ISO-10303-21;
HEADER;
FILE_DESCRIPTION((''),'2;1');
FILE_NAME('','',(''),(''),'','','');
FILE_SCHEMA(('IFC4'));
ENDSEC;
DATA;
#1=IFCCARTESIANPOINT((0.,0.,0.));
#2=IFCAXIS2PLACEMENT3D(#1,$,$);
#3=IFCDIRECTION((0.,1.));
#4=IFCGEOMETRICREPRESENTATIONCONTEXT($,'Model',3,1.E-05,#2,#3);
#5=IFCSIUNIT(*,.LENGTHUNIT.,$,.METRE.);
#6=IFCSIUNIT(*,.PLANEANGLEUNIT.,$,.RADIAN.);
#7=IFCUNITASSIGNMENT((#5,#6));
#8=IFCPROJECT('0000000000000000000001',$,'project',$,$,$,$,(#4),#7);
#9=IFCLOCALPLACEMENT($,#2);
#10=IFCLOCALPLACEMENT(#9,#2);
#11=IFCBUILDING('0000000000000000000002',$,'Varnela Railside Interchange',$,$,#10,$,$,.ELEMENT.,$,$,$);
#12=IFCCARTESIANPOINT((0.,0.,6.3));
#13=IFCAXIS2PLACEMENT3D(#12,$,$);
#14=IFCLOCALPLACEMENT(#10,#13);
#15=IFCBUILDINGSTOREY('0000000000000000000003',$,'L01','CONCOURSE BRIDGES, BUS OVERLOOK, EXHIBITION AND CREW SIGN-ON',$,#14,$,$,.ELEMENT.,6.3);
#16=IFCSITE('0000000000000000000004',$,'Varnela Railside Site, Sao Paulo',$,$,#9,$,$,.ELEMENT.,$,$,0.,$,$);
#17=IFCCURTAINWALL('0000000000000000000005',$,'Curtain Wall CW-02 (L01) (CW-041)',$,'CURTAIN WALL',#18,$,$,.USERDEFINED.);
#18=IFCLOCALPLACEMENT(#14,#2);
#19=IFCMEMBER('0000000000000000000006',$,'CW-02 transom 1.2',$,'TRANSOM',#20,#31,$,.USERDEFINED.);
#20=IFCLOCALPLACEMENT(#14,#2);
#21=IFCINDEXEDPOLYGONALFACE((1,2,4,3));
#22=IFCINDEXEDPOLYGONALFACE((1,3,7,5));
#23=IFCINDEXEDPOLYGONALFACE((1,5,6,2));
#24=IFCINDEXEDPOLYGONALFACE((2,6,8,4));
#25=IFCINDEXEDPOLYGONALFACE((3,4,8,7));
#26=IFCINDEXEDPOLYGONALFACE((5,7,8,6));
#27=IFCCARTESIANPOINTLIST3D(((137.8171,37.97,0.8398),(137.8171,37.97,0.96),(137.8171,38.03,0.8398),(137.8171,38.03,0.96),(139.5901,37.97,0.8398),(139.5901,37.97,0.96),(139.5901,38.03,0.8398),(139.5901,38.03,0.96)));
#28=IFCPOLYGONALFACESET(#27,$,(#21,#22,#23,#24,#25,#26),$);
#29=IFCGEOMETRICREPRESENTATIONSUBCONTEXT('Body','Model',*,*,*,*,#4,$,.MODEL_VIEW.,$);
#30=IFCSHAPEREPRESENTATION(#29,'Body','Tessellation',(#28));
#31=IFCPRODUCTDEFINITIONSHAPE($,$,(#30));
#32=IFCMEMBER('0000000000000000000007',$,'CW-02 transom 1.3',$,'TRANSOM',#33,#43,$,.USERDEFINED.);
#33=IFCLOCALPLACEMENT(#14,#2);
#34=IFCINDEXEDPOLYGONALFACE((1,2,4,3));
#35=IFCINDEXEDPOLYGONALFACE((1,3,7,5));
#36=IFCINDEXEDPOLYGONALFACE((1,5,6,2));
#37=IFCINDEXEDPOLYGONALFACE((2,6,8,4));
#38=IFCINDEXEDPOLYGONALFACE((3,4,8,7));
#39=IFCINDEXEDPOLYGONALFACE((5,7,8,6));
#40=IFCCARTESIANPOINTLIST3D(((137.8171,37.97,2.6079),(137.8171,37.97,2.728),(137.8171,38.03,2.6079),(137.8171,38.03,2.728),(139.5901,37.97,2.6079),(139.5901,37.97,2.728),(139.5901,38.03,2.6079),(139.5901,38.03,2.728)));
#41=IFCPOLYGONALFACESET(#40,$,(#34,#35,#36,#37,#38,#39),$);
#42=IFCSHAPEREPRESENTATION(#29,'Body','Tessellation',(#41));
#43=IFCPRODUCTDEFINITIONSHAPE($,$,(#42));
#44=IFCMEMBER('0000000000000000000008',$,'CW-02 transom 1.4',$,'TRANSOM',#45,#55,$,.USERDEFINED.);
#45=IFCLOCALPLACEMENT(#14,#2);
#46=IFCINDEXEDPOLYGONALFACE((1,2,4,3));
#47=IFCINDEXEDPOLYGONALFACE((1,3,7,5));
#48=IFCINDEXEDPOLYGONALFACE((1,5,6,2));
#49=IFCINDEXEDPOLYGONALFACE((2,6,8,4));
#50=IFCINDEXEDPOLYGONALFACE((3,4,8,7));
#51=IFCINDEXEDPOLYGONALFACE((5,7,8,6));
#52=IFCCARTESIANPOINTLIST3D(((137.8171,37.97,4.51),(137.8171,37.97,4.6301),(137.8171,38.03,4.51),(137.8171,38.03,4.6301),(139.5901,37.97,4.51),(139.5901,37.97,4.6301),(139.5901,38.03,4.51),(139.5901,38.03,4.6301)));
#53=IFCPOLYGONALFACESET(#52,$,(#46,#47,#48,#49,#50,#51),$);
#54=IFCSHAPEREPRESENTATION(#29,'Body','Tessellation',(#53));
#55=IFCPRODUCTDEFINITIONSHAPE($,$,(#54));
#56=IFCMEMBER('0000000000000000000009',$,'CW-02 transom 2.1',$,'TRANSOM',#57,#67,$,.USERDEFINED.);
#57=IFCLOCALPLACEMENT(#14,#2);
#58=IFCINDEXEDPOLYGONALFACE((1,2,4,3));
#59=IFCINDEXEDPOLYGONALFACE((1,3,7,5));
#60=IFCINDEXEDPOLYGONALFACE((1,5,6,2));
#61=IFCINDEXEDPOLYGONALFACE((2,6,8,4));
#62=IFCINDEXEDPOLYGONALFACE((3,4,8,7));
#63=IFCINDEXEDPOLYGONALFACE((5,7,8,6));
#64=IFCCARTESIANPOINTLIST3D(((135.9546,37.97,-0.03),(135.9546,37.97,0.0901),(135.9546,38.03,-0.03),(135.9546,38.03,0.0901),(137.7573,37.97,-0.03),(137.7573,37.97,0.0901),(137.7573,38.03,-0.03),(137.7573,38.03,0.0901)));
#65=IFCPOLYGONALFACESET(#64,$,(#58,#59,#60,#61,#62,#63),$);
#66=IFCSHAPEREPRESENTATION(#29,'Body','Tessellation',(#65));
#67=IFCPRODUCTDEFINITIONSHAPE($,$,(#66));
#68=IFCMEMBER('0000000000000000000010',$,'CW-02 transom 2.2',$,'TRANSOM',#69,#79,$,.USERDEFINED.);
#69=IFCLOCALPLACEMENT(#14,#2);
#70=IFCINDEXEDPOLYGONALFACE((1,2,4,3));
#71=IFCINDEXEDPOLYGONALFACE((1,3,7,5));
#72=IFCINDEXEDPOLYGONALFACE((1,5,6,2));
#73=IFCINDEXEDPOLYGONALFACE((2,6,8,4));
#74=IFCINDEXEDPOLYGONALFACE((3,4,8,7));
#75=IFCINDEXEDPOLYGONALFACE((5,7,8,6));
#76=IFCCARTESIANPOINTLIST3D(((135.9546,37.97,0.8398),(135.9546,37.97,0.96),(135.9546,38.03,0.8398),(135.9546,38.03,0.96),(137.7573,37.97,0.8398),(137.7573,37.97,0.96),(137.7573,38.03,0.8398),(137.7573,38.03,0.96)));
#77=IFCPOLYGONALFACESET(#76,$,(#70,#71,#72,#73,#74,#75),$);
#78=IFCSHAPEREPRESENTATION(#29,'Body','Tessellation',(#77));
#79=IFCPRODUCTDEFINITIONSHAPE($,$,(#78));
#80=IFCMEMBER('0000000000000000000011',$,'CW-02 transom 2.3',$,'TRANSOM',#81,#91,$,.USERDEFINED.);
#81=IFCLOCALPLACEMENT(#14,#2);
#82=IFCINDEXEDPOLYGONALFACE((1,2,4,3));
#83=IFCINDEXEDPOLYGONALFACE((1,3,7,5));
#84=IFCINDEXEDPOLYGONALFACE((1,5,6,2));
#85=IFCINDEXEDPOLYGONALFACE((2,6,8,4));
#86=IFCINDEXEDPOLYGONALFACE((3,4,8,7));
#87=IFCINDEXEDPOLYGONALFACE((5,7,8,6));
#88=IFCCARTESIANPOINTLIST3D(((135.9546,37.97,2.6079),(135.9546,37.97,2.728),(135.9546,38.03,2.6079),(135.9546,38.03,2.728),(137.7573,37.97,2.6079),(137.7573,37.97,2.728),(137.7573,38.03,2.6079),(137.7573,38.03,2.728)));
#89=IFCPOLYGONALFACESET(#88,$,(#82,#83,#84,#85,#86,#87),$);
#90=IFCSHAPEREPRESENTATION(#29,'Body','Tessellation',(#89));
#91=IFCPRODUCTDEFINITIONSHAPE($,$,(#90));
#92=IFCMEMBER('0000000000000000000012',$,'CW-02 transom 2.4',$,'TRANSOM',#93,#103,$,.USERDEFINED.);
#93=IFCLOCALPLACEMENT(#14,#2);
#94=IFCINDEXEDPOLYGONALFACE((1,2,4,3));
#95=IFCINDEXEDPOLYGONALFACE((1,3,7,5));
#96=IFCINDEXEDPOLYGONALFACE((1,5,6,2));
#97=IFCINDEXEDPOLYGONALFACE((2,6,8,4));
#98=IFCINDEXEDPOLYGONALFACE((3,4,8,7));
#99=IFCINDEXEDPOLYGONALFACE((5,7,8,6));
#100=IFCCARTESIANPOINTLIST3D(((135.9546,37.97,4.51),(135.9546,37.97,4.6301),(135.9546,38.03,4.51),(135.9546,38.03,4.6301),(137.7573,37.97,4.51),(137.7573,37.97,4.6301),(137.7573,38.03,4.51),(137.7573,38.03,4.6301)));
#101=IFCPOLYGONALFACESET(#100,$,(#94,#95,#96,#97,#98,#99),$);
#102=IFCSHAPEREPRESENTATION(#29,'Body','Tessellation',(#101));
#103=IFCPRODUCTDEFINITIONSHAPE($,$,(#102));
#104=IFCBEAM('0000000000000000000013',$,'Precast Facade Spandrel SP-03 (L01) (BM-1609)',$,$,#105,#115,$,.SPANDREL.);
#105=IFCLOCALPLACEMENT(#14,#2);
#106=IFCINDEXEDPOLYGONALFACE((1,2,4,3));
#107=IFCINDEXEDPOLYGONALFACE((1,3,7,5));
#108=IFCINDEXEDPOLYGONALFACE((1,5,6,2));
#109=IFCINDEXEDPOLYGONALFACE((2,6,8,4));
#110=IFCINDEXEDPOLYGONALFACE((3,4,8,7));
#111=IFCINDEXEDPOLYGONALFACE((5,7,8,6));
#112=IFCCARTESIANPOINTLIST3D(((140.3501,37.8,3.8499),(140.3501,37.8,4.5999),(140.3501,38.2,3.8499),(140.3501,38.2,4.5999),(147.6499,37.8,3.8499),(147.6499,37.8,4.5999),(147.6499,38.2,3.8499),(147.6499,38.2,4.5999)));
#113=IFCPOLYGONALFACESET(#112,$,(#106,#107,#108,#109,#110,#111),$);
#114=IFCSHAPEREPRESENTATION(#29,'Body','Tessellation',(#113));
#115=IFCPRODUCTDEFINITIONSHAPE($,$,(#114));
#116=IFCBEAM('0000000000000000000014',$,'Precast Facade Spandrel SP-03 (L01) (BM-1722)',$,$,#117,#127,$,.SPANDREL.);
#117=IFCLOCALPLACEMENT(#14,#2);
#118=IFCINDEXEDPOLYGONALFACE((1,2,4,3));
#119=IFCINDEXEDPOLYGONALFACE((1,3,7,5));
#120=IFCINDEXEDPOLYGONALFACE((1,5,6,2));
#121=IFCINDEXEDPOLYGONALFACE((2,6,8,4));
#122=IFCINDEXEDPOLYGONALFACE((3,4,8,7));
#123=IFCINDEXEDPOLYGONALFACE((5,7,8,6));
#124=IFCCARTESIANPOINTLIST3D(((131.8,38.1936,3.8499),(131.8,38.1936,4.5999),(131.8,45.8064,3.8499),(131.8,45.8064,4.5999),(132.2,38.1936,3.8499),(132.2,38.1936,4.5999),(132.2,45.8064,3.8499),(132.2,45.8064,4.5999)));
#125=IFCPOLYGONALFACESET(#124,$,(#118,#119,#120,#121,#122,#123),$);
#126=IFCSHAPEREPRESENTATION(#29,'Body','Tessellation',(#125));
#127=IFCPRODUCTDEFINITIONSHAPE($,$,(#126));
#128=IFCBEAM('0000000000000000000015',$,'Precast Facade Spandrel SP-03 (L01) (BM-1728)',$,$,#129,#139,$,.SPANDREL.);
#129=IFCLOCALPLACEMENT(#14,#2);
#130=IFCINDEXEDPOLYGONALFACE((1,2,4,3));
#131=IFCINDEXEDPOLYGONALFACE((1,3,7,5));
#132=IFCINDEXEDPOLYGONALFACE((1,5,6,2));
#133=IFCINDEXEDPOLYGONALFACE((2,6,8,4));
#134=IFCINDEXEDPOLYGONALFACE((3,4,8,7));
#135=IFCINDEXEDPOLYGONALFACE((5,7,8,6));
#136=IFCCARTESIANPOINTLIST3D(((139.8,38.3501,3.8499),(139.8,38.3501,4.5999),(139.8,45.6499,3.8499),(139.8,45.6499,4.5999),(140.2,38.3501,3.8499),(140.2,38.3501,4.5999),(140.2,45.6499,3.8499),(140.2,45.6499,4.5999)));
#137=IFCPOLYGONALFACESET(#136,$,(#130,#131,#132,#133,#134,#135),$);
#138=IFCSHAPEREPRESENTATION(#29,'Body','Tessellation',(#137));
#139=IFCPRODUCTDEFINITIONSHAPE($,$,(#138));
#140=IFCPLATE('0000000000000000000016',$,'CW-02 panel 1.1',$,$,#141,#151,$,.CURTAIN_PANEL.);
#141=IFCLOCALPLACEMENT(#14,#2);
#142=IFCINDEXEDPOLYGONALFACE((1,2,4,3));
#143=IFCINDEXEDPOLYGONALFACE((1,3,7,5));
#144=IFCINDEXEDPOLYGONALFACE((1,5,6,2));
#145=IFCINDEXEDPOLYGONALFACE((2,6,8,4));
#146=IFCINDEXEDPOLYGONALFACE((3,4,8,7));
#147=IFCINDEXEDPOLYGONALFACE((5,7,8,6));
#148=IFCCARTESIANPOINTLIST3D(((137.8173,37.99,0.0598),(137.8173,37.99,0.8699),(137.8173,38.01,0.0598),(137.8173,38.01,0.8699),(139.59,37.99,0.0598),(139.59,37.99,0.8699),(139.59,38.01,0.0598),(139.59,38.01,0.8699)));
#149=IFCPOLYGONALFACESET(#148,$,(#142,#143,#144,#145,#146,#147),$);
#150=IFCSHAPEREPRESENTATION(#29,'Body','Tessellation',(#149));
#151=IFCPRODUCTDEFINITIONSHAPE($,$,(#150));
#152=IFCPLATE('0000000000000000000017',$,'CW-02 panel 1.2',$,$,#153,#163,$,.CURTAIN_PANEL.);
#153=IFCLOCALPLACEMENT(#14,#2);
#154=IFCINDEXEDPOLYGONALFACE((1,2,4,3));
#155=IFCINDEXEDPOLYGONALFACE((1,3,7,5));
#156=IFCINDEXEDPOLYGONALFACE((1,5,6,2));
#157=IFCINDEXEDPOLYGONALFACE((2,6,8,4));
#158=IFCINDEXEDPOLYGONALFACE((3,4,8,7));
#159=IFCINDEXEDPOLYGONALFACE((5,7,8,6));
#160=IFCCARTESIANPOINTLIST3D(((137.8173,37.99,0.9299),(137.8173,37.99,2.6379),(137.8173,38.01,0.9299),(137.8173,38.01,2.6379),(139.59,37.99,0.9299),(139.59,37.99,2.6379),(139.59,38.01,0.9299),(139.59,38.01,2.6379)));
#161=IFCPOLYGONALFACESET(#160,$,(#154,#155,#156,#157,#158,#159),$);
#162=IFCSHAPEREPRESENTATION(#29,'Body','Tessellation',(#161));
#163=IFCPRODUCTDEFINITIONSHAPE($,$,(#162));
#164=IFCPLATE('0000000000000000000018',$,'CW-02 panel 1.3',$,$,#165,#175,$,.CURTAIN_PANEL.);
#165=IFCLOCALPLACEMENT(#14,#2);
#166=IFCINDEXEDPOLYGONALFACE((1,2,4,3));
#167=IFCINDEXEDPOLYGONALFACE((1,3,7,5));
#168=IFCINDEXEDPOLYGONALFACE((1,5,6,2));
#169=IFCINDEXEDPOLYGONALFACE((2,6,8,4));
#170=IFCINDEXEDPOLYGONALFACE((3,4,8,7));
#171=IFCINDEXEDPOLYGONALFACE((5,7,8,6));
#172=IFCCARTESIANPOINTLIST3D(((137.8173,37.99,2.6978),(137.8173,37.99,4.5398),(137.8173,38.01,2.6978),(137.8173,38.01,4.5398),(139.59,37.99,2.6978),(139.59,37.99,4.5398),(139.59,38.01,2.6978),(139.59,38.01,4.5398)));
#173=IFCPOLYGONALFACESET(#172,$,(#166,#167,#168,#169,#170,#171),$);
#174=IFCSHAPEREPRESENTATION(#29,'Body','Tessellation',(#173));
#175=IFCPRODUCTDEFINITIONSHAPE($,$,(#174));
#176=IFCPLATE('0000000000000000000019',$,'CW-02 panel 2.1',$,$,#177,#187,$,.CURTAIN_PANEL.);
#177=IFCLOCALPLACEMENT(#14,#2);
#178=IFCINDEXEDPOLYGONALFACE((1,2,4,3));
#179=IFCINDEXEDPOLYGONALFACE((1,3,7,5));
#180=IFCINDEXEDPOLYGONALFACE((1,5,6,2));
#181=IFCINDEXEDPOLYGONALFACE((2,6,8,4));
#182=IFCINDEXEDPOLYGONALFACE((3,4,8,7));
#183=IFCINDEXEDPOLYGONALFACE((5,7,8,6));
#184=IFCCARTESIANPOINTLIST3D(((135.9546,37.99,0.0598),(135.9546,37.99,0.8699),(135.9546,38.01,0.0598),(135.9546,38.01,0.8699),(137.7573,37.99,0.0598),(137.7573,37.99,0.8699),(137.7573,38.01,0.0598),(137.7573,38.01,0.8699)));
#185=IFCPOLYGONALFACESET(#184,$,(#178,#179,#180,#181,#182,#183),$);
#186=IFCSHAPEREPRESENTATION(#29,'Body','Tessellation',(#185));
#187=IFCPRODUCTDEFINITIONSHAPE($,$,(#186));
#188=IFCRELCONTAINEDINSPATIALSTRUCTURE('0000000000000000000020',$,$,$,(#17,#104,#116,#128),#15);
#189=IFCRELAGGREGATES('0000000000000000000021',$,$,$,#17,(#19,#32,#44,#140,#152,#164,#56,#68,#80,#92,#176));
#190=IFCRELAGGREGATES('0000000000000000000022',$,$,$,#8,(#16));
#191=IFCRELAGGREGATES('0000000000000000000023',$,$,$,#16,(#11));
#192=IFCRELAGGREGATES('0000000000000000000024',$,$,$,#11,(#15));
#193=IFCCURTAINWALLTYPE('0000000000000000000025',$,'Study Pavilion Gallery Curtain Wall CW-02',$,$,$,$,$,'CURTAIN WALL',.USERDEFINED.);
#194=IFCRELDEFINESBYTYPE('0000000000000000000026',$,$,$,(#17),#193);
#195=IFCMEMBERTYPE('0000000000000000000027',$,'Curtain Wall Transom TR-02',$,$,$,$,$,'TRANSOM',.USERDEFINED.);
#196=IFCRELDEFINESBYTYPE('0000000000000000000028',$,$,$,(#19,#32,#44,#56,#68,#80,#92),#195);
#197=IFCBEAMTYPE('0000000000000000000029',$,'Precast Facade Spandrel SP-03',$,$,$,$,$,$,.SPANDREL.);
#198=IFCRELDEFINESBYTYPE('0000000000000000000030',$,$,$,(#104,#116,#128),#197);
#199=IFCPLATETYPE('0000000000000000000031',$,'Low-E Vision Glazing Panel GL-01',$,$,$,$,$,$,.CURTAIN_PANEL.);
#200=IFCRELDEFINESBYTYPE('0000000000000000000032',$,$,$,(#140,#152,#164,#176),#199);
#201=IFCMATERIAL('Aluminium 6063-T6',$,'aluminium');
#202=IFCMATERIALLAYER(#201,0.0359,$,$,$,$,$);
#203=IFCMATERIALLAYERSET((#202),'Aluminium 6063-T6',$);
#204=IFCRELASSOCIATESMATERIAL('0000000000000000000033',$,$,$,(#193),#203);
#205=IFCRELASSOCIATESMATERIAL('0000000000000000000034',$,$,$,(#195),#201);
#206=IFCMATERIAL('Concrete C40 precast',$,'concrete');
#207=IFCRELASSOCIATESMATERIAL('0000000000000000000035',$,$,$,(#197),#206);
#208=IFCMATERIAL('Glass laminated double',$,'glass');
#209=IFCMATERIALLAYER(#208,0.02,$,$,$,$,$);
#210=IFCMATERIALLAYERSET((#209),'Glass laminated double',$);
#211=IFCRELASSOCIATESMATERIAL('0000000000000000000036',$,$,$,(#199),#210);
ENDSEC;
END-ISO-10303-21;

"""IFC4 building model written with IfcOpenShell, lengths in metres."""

from ifc_helpers import new_model, si_unit, direction, frame, origin, origin_2d, place, context, subcontext, project, spatial, rectangle, extrude, material, layer, layer_set, material_profile, profile_set, type_object, element, aggregate, save


model = new_model("IFC4")

# Units and contexts
model_context = context("Model", 3, precision=1e-05, world=origin(), true_north=direction((0.0, 1.0)))
body_context = subcontext(model_context, "Body", "Model", "MODEL_VIEW")
ifc_project = project(units=[si_unit("LENGTHUNIT", "METRE"), si_unit("PLANEANGLEUNIT", "RADIAN")], contexts=[model_context])

# Site, building, storey
site_placement = place(None, origin())
site = spatial("IfcSite", under=ifc_project, at=site_placement, Name="Varnela Railside Site, Sao Paulo", CompositionType="ELEMENT", RefElevation=0.0)
building_placement = place(site_placement, origin())
building = spatial("IfcBuilding", under=site, at=building_placement, Name="Varnela Railside Interchange", CompositionType="ELEMENT")
storey_placement = place(building_placement, frame((0.0, 0.0, 6.3)))
storey = spatial("IfcBuildingStorey", under=building, at=storey_placement, Name="L01", Description="CONCOURSE BRIDGES, BUS OVERLOOK, EXHIBITION AND CREW SIGN-ON", CompositionType="ELEMENT", Elevation=6.3)

# Curtain wall, members
ifc_material_1 = material(Name="Aluminium 6063-T6", Category="aluminium")
ifc_layer_1 = layer(ifc_material_1, 0.0359)
ifc_layer_set_1 = layer_set([ifc_layer_1], Name="Aluminium 6063-T6")
curtain_wall_type = type_object("IfcCurtainWallType", Name="Study Pavilion Gallery Curtain Wall CW-02", ElementType="CURTAIN WALL", PredefinedType="USERDEFINED", material=ifc_layer_set_1)
curtain_wall_placement = place(storey_placement, origin())
curtain_wall = element("IfcCurtainWall", 1, at=curtain_wall_placement, inside=storey, type_object=curtain_wall_type, Name="Curtain Wall CW-02 (L01) (CW-041)", ObjectType="CURTAIN WALL", PredefinedType="USERDEFINED")
ifc_material_profile_1 = material_profile(ifc_material_1, rectangle(XDim=0.0601, YDim=0.1201, at=origin_2d()), Name="ALU 60x120")
ifc_profile_set_1 = profile_set([ifc_material_profile_1], Name="Aluminium 6063-T6")
member_type_1 = type_object("IfcMemberType", Name="Curtain Wall Transom TR-02", ElementType="TRANSOM", PredefinedType="USERDEFINED", material=ifc_profile_set_1)
member_1_placement = place(storey_placement, frame((139.5901, 38.0, 0.8999), z_axis=(-1.0, 0.0, 0.0), x_axis=(0.0, -1.0, 0.0)))
member_1 = element("IfcMember", 2, at=member_1_placement, type_object=member_type_1, Name="CW-02 transom 1.2", ObjectType="TRANSOM", PredefinedType="USERDEFINED", context=body_context, shape_type="SweptSolid", body=[
    extrude(rectangle(XDim=0.0601, YDim=0.1201, at=origin_2d()), origin(), (0.0, 0.0, 1.0), 1.7729),
])
member_2_placement = place(storey_placement, frame((139.5901, 38.0, 2.668), z_axis=(-1.0, 0.0, 0.0), x_axis=(0.0, -1.0, 0.0)))
member_2 = element("IfcMember", 3, at=member_2_placement, type_object=member_type_1, Name="CW-02 transom 1.3", ObjectType="TRANSOM", PredefinedType="USERDEFINED", context=body_context, shape_type="SweptSolid", body=[
    extrude(rectangle(XDim=0.0601, YDim=0.1201, at=origin_2d()), origin(), (0.0, 0.0, 1.0), 1.7729),
])
member_3_placement = place(storey_placement, frame((139.5901, 38.0, 4.5701), z_axis=(-1.0, 0.0, 0.0), x_axis=(0.0, -1.0, 0.0)))
member_3 = element("IfcMember", 4, at=member_3_placement, type_object=member_type_1, Name="CW-02 transom 1.4", ObjectType="TRANSOM", PredefinedType="USERDEFINED", context=body_context, shape_type="SweptSolid", body=[
    extrude(rectangle(XDim=0.0601, YDim=0.1201, at=origin_2d()), origin(), (0.0, 0.0, 1.0), 1.7729),
])
member_4_placement = place(storey_placement, frame((137.7573, 38.0, 0.03), z_axis=(-1.0, 0.0, 0.0), x_axis=(0.0, -1.0, 0.0)))
member_4 = element("IfcMember", 5, at=member_4_placement, type_object=member_type_1, Name="CW-02 transom 2.1", ObjectType="TRANSOM", PredefinedType="USERDEFINED", context=body_context, shape_type="SweptSolid", body=[
    extrude(rectangle(XDim=0.0601, YDim=0.1201, at=origin_2d()), origin(), (0.0, 0.0, 1.0), 1.8027),
])
member_5_placement = place(storey_placement, frame((137.7573, 38.0, 0.8999), z_axis=(-1.0, 0.0, 0.0), x_axis=(0.0, -1.0, 0.0)))
member_5 = element("IfcMember", 6, at=member_5_placement, type_object=member_type_1, Name="CW-02 transom 2.2", ObjectType="TRANSOM", PredefinedType="USERDEFINED", context=body_context, shape_type="SweptSolid", body=[
    extrude(rectangle(XDim=0.0601, YDim=0.1201, at=origin_2d()), origin(), (0.0, 0.0, 1.0), 1.8027),
])
member_6_placement = place(storey_placement, frame((137.7573, 38.0, 2.668), z_axis=(-1.0, 0.0, 0.0), x_axis=(0.0, -1.0, 0.0)))
member_6 = element("IfcMember", 7, at=member_6_placement, type_object=member_type_1, Name="CW-02 transom 2.3", ObjectType="TRANSOM", PredefinedType="USERDEFINED", context=body_context, shape_type="SweptSolid", body=[
    extrude(rectangle(XDim=0.0601, YDim=0.1201, at=origin_2d()), origin(), (0.0, 0.0, 1.0), 1.8027),
])
member_7_placement = place(storey_placement, frame((137.7573, 38.0, 4.5701), z_axis=(-1.0, 0.0, 0.0), x_axis=(0.0, -1.0, 0.0)))
member_7 = element("IfcMember", 8, at=member_7_placement, type_object=member_type_1, Name="CW-02 transom 2.4", ObjectType="TRANSOM", PredefinedType="USERDEFINED", context=body_context, shape_type="SweptSolid", body=[
    extrude(rectangle(XDim=0.0601, YDim=0.1201, at=origin_2d()), origin(), (0.0, 0.0, 1.0), 1.8027),
])

# Beams
ifc_material_2 = material(Name="Concrete C40 precast", Category="concrete")
ifc_material_profile_2 = material_profile(ifc_material_2, rectangle(XDim=0.3999, YDim=0.75, at=origin_2d()), Name="PC 400x750")
ifc_profile_set_2 = profile_set([ifc_material_profile_2], Name="Concrete C40 precast")
beam_type_1 = type_object("IfcBeamType", Name="Precast Facade Spandrel SP-03", PredefinedType="SPANDREL", material=ifc_profile_set_2)
beam_1_placement = place(storey_placement, frame((140.3501, 38.0, 4.2249), z_axis=(1.0, 0.0, 0.0), x_axis=(0.0, 1.0, 0.0)))
element("IfcBeam", 9, at=beam_1_placement, inside=storey, type_object=beam_type_1, Name="Precast Facade Spandrel SP-03 (L01) (BM-1609)", PredefinedType="SPANDREL", context=body_context, shape_type="SweptSolid", body=[
    extrude(rectangle(XDim=0.3999, YDim=0.75, at=origin_2d()), origin(), (0.0, 0.0, 1.0), 7.2998),
])
beam_2_placement = place(storey_placement, frame((132.0, 38.1936, 4.2249), z_axis=(0.0, 1.0, 0.0), x_axis=(-1.0, 0.0, 0.0)))
element("IfcBeam", 10, at=beam_2_placement, inside=storey, type_object=beam_type_1, Name="Precast Facade Spandrel SP-03 (L01) (BM-1722)", PredefinedType="SPANDREL", context=body_context, shape_type="SweptSolid", body=[
    extrude(rectangle(XDim=0.3999, YDim=0.75, at=origin_2d()), origin(), (0.0, 0.0, 1.0), 7.6128),
])
beam_3_placement = place(storey_placement, frame((140.0, 38.3501, 4.2249), z_axis=(0.0, 1.0, 0.0), x_axis=(-1.0, 0.0, 0.0)))
element("IfcBeam", 11, at=beam_3_placement, inside=storey, type_object=beam_type_1, Name="Precast Facade Spandrel SP-03 (L01) (BM-1728)", PredefinedType="SPANDREL", context=body_context, shape_type="SweptSolid", body=[
    extrude(rectangle(XDim=0.3999, YDim=0.75, at=origin_2d()), origin(), (0.0, 0.0, 1.0), 7.2998),
])

# Plates
ifc_material_3 = material(Name="Glass laminated double", Category="glass")
ifc_layer_2 = layer(ifc_material_3, 0.02)
ifc_layer_set_2 = layer_set([ifc_layer_2], Name="Glass laminated double")
plate_type = type_object("IfcPlateType", Name="Low-E Vision Glazing Panel GL-01", PredefinedType="CURTAIN_PANEL", material=ifc_layer_set_2)
plate_1_placement = place(storey_placement, frame((138.7036, 38.0, 0.0598), z_axis=(0.0, 0.0, 1.0), x_axis=(-1.0, 0.0, 0.0)))
plate_1 = element("IfcPlate", 12, at=plate_1_placement, type_object=plate_type, Name="CW-02 panel 1.1", PredefinedType="CURTAIN_PANEL", context=body_context, shape_type="SweptSolid", body=[
    extrude(rectangle(XDim=1.7727, YDim=0.02, at=origin_2d()), origin(), (0.0, 0.0, 1.0), 0.8101),
])
plate_2_placement = place(storey_placement, frame((138.7036, 38.0, 0.9299), z_axis=(0.0, 0.0, 1.0), x_axis=(-1.0, 0.0, 0.0)))
plate_2 = element("IfcPlate", 13, at=plate_2_placement, type_object=plate_type, Name="CW-02 panel 1.2", PredefinedType="CURTAIN_PANEL", context=body_context, shape_type="SweptSolid", body=[
    extrude(rectangle(XDim=1.7727, YDim=0.02, at=origin_2d()), origin(), (0.0, 0.0, 1.0), 1.708),
])
plate_3_placement = place(storey_placement, frame((138.7036, 38.0, 2.6978), z_axis=(0.0, 0.0, 1.0), x_axis=(-1.0, 0.0, 0.0)))
plate_3 = element("IfcPlate", 14, at=plate_3_placement, type_object=plate_type, Name="CW-02 panel 1.3", PredefinedType="CURTAIN_PANEL", context=body_context, shape_type="SweptSolid", body=[
    extrude(rectangle(XDim=1.7727, YDim=0.02, at=origin_2d()), origin(), (0.0, 0.0, 1.0), 1.842),
])
plate_4_placement = place(storey_placement, frame((136.856, 38.0, 0.0598), z_axis=(0.0, 0.0, 1.0), x_axis=(-1.0, 0.0, 0.0)))
plate_4 = element("IfcPlate", 15, at=plate_4_placement, type_object=plate_type, Name="CW-02 panel 2.1", PredefinedType="CURTAIN_PANEL", context=body_context, shape_type="SweptSolid", body=[
    extrude(rectangle(XDim=1.8027, YDim=0.02, at=origin_2d()), origin(), (0.0, 0.0, 1.0), 0.8101),
])
aggregate(curtain_wall, [member_1, member_2, member_3, plate_1, plate_2, plate_3, member_4, member_5, member_6, member_7, plate_4])

save(model, "model.ifc")
